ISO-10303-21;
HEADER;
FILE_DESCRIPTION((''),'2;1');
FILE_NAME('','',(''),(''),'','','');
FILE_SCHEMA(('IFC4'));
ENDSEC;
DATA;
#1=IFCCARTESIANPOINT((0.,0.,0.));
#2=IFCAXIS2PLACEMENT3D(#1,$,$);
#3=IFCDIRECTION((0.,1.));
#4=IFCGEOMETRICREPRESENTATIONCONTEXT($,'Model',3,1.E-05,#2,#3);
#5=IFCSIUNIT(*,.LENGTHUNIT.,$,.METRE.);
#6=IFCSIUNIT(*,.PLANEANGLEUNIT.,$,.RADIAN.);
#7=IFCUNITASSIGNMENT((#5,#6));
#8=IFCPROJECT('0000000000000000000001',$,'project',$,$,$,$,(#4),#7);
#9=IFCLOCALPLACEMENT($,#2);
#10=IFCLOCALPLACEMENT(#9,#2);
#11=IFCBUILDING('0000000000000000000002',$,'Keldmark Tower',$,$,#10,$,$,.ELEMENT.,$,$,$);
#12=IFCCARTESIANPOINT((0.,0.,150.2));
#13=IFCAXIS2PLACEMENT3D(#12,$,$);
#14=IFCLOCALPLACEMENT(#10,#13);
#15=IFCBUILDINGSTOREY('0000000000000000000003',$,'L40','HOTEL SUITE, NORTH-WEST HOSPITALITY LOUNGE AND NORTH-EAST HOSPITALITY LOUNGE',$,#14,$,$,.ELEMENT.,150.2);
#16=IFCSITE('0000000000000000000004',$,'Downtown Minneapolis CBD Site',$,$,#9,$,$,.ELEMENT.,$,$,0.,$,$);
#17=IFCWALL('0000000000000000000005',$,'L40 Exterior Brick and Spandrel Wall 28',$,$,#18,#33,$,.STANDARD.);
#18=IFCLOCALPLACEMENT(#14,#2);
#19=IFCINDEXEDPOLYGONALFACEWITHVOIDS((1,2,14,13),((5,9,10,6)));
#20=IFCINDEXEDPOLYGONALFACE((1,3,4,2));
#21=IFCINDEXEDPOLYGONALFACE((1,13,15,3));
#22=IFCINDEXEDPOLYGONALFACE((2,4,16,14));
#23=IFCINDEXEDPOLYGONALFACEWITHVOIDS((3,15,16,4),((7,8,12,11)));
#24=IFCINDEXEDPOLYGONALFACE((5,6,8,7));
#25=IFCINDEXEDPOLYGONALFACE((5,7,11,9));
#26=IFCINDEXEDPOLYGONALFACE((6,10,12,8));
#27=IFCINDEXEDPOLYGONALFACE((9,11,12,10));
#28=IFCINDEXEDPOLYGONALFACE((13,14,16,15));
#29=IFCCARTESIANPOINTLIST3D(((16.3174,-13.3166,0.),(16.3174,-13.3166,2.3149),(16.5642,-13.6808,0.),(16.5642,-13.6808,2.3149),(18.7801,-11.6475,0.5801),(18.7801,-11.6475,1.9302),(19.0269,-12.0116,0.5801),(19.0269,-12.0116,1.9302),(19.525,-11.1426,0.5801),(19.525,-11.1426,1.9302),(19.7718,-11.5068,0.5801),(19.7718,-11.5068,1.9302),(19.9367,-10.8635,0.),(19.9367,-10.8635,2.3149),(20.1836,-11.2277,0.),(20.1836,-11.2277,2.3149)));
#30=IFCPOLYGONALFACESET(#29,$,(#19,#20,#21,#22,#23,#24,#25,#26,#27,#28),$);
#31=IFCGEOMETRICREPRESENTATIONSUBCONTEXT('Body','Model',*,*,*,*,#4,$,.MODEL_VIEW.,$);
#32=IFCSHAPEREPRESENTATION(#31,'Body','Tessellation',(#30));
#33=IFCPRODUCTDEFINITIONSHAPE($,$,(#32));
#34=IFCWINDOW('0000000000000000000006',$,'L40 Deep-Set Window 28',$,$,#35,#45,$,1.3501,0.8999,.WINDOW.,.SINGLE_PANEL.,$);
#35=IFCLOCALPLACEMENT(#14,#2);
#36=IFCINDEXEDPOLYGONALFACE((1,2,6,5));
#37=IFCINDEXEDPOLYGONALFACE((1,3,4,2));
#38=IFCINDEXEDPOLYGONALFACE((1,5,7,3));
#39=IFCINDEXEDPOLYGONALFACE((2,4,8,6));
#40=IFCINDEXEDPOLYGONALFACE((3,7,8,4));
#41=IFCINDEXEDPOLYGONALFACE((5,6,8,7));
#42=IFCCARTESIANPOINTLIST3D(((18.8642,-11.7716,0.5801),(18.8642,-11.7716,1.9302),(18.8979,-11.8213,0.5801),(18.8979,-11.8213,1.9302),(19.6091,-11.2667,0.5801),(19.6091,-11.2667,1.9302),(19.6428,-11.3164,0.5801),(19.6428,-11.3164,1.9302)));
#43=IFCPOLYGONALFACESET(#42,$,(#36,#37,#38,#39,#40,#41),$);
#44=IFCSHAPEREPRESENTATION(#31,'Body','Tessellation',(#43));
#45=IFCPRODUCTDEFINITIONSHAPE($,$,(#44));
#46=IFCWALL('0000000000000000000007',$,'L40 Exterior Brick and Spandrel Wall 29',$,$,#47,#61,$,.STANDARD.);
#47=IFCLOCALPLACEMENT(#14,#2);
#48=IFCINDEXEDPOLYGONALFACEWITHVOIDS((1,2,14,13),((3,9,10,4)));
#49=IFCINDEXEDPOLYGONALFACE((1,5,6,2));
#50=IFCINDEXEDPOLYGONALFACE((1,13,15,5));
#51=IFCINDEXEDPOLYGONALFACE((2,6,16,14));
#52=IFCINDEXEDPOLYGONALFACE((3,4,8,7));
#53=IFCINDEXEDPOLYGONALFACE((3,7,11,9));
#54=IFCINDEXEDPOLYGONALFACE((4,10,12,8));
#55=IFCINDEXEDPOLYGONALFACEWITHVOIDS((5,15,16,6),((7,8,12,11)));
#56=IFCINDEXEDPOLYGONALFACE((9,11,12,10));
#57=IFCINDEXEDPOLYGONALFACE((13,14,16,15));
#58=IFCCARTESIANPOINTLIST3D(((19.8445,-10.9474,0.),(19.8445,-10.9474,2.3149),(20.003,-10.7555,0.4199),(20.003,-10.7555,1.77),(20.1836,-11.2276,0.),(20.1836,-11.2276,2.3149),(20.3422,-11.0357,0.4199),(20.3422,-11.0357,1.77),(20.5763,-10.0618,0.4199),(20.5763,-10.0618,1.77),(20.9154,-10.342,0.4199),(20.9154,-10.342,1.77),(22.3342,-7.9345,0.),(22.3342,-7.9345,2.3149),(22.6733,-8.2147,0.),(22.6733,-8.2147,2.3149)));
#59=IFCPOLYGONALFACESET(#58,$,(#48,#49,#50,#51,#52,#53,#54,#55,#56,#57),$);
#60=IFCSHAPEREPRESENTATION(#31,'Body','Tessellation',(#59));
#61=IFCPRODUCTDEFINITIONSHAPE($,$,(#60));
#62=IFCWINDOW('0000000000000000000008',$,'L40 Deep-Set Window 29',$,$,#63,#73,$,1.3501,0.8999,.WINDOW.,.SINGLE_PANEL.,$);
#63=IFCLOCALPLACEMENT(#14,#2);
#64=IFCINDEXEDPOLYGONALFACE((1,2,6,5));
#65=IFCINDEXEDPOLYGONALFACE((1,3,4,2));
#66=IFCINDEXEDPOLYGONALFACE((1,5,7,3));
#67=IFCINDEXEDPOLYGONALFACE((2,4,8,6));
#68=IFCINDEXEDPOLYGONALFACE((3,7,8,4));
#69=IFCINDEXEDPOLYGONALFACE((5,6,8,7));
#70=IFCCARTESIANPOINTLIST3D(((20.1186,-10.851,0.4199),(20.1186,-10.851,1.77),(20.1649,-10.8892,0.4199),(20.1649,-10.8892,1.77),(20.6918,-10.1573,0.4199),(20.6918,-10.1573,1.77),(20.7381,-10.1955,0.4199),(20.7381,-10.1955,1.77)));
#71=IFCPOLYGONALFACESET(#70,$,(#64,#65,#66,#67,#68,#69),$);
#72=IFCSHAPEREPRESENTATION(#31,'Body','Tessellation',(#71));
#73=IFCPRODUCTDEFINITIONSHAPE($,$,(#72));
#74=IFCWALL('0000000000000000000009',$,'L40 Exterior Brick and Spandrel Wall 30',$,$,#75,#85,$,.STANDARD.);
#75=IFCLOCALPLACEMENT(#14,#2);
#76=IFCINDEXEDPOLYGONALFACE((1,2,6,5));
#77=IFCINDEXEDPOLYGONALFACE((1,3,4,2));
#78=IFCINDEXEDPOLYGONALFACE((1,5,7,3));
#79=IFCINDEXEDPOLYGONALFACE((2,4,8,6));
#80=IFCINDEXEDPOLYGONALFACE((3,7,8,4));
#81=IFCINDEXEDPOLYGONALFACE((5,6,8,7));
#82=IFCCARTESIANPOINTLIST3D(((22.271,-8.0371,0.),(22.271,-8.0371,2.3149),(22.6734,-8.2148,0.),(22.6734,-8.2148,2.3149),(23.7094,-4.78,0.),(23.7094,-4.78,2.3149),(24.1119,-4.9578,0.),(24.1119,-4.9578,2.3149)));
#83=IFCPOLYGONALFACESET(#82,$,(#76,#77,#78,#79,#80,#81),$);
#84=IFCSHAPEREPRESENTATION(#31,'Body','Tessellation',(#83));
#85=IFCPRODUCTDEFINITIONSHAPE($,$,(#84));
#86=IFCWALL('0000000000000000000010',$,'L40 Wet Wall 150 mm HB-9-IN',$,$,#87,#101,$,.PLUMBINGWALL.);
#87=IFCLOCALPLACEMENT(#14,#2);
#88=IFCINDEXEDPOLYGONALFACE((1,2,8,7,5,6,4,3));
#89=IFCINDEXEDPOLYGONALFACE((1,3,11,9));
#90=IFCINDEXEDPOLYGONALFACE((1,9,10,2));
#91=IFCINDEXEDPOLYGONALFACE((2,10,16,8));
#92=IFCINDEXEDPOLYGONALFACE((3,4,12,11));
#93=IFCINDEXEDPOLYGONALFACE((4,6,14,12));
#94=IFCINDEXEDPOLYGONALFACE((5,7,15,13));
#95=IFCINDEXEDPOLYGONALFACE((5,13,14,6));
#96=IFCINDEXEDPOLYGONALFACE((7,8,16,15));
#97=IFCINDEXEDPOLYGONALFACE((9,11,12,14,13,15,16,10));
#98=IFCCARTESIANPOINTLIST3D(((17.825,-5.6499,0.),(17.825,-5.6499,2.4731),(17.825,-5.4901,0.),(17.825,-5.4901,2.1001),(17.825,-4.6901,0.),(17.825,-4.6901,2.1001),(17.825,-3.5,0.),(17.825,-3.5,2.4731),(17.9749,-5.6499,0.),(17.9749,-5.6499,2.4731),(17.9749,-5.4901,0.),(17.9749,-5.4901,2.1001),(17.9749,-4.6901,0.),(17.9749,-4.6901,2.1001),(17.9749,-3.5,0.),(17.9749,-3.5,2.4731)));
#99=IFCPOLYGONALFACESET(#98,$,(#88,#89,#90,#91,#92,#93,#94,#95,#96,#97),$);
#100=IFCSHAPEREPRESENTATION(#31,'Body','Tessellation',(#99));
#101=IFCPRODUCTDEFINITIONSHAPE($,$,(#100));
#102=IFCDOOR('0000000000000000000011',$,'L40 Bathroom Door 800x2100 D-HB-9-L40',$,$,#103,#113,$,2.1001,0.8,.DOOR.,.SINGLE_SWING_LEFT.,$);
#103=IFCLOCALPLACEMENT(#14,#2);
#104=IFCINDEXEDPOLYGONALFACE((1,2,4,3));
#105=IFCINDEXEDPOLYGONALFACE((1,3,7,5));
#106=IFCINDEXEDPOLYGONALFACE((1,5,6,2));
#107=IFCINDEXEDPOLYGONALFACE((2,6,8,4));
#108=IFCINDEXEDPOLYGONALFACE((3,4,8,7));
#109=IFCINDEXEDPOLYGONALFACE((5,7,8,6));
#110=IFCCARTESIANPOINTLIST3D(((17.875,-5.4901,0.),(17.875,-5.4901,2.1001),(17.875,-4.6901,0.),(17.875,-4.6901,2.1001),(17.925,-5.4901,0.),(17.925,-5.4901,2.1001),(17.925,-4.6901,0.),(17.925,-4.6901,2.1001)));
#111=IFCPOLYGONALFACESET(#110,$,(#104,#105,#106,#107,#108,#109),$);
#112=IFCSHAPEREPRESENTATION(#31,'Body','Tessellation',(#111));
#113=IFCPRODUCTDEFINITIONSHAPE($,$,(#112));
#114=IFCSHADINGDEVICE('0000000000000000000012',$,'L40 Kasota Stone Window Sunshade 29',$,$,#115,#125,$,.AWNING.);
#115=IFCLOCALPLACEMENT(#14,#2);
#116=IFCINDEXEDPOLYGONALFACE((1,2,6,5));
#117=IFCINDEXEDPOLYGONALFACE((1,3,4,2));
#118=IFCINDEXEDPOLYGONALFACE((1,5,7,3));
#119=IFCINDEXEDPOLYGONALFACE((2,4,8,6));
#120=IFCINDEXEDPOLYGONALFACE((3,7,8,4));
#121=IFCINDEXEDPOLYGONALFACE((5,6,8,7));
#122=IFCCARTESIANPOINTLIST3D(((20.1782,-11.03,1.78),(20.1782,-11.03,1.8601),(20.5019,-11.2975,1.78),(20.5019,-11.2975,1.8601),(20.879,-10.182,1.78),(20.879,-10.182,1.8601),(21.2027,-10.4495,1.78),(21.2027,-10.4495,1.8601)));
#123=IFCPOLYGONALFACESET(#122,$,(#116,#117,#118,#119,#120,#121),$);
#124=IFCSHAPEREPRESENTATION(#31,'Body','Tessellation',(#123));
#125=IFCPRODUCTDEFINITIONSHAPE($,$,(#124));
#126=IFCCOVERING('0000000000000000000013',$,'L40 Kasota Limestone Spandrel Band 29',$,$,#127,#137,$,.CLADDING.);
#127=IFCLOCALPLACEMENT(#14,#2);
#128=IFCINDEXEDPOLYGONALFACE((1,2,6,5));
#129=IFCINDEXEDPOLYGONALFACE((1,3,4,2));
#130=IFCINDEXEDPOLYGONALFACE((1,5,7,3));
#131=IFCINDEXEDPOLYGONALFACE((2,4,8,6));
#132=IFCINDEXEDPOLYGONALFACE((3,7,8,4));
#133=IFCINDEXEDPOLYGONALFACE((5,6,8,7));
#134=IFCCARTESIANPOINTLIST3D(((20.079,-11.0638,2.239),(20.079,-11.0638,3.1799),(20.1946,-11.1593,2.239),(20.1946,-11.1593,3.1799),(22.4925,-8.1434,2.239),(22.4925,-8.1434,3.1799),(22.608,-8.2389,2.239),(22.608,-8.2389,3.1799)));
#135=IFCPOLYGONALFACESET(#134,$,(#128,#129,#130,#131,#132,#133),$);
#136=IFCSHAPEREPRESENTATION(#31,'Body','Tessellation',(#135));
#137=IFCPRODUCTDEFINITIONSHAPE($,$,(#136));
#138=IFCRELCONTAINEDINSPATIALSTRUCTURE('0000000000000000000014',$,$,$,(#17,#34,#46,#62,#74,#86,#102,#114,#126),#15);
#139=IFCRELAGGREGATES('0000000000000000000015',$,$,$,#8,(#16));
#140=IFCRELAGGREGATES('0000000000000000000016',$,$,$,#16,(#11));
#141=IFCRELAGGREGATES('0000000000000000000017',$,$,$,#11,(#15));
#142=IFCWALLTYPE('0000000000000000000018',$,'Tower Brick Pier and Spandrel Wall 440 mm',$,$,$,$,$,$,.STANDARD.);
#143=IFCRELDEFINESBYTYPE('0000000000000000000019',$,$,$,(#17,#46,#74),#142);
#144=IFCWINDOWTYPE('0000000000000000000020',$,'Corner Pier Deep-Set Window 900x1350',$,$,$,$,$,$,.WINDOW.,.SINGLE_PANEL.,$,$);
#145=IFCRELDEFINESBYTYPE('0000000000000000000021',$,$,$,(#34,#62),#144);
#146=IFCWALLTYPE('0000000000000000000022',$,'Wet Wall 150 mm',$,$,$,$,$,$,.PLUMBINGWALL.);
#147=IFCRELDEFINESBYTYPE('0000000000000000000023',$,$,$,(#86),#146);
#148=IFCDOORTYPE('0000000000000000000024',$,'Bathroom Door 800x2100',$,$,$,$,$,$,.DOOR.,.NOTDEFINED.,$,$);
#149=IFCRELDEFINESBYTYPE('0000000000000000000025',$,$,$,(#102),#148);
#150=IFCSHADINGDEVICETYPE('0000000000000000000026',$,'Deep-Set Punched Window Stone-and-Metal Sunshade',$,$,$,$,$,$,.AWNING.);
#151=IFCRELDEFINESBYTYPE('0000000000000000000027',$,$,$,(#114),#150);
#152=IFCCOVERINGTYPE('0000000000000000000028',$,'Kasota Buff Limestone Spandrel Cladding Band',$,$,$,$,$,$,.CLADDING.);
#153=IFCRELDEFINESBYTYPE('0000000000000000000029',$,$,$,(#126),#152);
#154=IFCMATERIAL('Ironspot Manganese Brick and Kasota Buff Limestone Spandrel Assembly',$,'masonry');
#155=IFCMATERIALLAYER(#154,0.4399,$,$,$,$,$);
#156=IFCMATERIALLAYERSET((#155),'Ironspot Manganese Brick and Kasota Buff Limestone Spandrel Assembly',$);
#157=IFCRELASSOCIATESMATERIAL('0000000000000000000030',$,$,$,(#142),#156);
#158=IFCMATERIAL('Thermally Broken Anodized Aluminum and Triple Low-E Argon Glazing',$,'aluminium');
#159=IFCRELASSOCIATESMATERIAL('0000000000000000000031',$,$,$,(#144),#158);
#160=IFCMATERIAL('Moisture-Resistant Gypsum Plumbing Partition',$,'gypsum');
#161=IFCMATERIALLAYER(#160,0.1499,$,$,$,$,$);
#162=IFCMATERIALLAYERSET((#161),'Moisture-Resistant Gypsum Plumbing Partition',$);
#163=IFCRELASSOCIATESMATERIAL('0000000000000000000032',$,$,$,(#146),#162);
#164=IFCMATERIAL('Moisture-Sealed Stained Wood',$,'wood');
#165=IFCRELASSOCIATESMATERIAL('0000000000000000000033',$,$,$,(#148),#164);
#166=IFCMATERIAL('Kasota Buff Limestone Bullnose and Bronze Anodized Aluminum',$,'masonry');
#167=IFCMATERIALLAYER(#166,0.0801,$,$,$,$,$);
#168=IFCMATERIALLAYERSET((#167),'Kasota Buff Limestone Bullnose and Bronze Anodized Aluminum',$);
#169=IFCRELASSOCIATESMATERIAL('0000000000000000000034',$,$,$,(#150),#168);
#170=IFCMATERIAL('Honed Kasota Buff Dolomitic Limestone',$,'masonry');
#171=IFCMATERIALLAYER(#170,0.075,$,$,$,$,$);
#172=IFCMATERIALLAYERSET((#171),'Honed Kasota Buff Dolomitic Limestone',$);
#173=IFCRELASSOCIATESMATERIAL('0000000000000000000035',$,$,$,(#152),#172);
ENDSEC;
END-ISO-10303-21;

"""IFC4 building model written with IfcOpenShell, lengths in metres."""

from ifc_helpers import new_model, si_unit, direction, frame, frame_2d, origin, origin_2d, place, context, subcontext, project, spatial, rectangle, extrude, material, layer, layer_set, type_object, element, fill, save


model = new_model("IFC4")

# Units and contexts
model_context = context("Model", 3, precision=1e-05, world=origin(), true_north=direction((0.0, 1.0)))
body_context = subcontext(model_context, "Body", "Model", "MODEL_VIEW")
ifc_project = project(units=[si_unit("LENGTHUNIT", "METRE"), si_unit("PLANEANGLEUNIT", "RADIAN")], contexts=[model_context])

# Site, building, storey
site_placement = place(None, origin())
site = spatial("IfcSite", under=ifc_project, at=site_placement, Name="Downtown Minneapolis CBD Site", CompositionType="ELEMENT", RefElevation=0.0)
building_placement = place(site_placement, origin())
building = spatial("IfcBuilding", under=site, at=building_placement, Name="Keldmark Tower", CompositionType="ELEMENT")
storey_placement = place(building_placement, frame((0.0, 0.0, 150.2)))
storey = spatial("IfcBuildingStorey", under=building, at=storey_placement, Name="L40", Description="HOTEL SUITE, NORTH-WEST HOSPITALITY LOUNGE AND NORTH-EAST HOSPITALITY LOUNGE", CompositionType="ELEMENT", Elevation=150.2)

# Walls, openings, windows
ifc_material_1 = material(Name="Ironspot Manganese Brick and Kasota Buff Limestone Spandrel Assembly", Category="masonry")
ifc_layer_1 = layer(ifc_material_1, 0.4399)
ifc_layer_set_1 = layer_set([ifc_layer_1], Name="Ironspot Manganese Brick and Kasota Buff Limestone Spandrel Assembly")
wall_type_1 = type_object("IfcWallType", Name="Tower Brick Pier and Spandrel Wall 440 mm", PredefinedType="STANDARD", material=ifc_layer_set_1)
wall_1_placement = place(storey_placement, frame((20.0601, -11.0457, 0.0), z_axis=(0.0, 0.0, 1.0), x_axis=(-0.827782, -0.561049, 0.0)))
wall_1 = element("IfcWall", 1, at=wall_1_placement, inside=storey, type_object=wall_type_1, Name="L40 Exterior Brick and Spandrel Wall 28", PredefinedType="STANDARD", context=body_context, shape_type="SweptSolid", body=[
    extrude(rectangle(XDim=4.3723, YDim=0.4399, at=frame_2d((2.186, 0.0))), origin(), (0.0, 0.0, 1.0), 2.3149),
])
opening_1_placement = place(wall_1_placement, frame((0.4973, 0.0, 0.5801)))
opening_1 = element("IfcOpeningElement", 2, at=opening_1_placement, cuts=wall_1, PredefinedType="OPENING", context=body_context, shape_type="SweptSolid", body=[
    extrude(rectangle(XDim=0.8999, YDim=1.3501, at=frame_2d((0.45, 0.675))), frame((0.0, 0.23, 0.0), z_axis=(0.0, -1.0, 0.0), x_axis=(1.0, 0.0, 0.0)), (0.0, 0.0, 1.0), 0.46),
])
ifc_material_2 = material(Name="Thermally Broken Anodized Aluminum and Triple Low-E Argon Glazing", Category="aluminium")
window_type = type_object("IfcWindowType", Name="Corner Pier Deep-Set Window 900x1350", PartitioningType="SINGLE_PANEL", PredefinedType="WINDOW", material=ifc_material_2)
window_1_placement = place(opening_1_placement, origin())
window_1 = element("IfcWindow", 3, at=window_1_placement, inside=storey, type_object=window_type, Name="L40 Deep-Set Window 28", OverallHeight=1.3501, OverallWidth=0.8999, PartitioningType="SINGLE_PANEL", PredefinedType="WINDOW", context=body_context, shape_type="SweptSolid", body=[
    extrude(rectangle(XDim=0.8999, YDim=1.3501, at=frame_2d((0.45, 0.675))), frame((0.0, -0.01, 0.0), z_axis=(0.0, -1.0, 0.0), x_axis=(1.0, 0.0, 0.0)), (0.0, 0.0, 1.0), 0.0601),
])
fill(opening_1, window_1)
wall_2_placement = place(storey_placement, frame((22.5037, -8.0747, 0.0), z_axis=(0.0, 0.0, 1.0), x_axis=(-0.637003, -0.770862, 0.0)))
wall_2 = element("IfcWall", 4, at=wall_2_placement, inside=storey, type_object=wall_type_1, Name="L40 Exterior Brick and Spandrel Wall 29", PredefinedType="STANDARD", context=body_context, shape_type="SweptSolid", body=[
    extrude(rectangle(XDim=3.9084, YDim=0.4399, at=frame_2d((1.9541, 0.0))), origin(), (0.0, 0.0, 1.0), 2.3149),
])
opening_2_placement = place(wall_2_placement, frame((2.7595, 0.0, 0.4199)))
opening_2 = element("IfcOpeningElement", 5, at=opening_2_placement, cuts=wall_2, PredefinedType="OPENING", context=body_context, shape_type="SweptSolid", body=[
    extrude(rectangle(XDim=0.8999, YDim=1.3501, at=frame_2d((0.45, 0.675))), frame((0.0, 0.23, 0.0), z_axis=(0.0, -1.0, 0.0), x_axis=(1.0, 0.0, 0.0)), (0.0, 0.0, 1.0), 0.46),
])
window_2_placement = place(opening_2_placement, origin())
window_2 = element("IfcWindow", 6, at=window_2_placement, inside=storey, type_object=window_type, Name="L40 Deep-Set Window 29", OverallHeight=1.3501, OverallWidth=0.8999, PartitioningType="SINGLE_PANEL", PredefinedType="WINDOW", context=body_context, shape_type="SweptSolid", body=[
    extrude(rectangle(XDim=0.8999, YDim=1.3501, at=frame_2d((0.45, 0.675))), frame((0.0, -0.01, 0.0), z_axis=(0.0, -1.0, 0.0), x_axis=(1.0, 0.0, 0.0)), (0.0, 0.0, 1.0), 0.0601),
])
fill(opening_2, window_2)

# Wall
wall_3_placement = place(storey_placement, frame((23.9106, -4.8689, 0.0), z_axis=(0.0, 0.0, 1.0), x_axis=(-0.404, -0.914759, 0.0)))
element("IfcWall", 7, at=wall_3_placement, inside=storey, type_object=wall_type_1, Name="L40 Exterior Brick and Spandrel Wall 30", PredefinedType="STANDARD", context=body_context, shape_type="SweptSolid", body=[
    extrude(rectangle(XDim=3.5605, YDim=0.4399, at=frame_2d((1.7803, 0.0))), origin(), (0.0, 0.0, 1.0), 2.3149),
])

# Wall, opening, door
ifc_material_3 = material(Name="Moisture-Resistant Gypsum Plumbing Partition", Category="gypsum")
ifc_layer_2 = layer(ifc_material_3, 0.1499)
ifc_layer_set_2 = layer_set([ifc_layer_2], Name="Moisture-Resistant Gypsum Plumbing Partition")
wall_type_2 = type_object("IfcWallType", Name="Wet Wall 150 mm", PredefinedType="PLUMBINGWALL", material=ifc_layer_set_2)
wall_4_placement = place(storey_placement, frame((17.8999, -5.6499, 0.0), z_axis=(0.0, 0.0, 1.0), x_axis=(0.0, 1.0, 0.0)))
wall_4 = element("IfcWall", 8, at=wall_4_placement, inside=storey, type_object=wall_type_2, Name="L40 Wet Wall 150 mm HB-9-IN", PredefinedType="PLUMBINGWALL", context=body_context, shape_type="SweptSolid", body=[
    extrude(rectangle(XDim=2.1499, YDim=0.1499, at=frame_2d((1.075, 0.0))), origin(), (0.0, 0.0, 1.0), 2.4731),
])
opening_3_placement = place(wall_4_placement, frame((0.1599, 0.0, 0.0)))
opening_3 = element("IfcOpeningElement", 9, at=opening_3_placement, cuts=wall_4, PredefinedType="OPENING", context=body_context, shape_type="SweptSolid", body=[
    extrude(rectangle(XDim=0.8, YDim=2.1001, at=frame_2d((0.3999, 1.05))), frame((0.0, 0.085, 0.0), z_axis=(0.0, -1.0, 0.0), x_axis=(1.0, 0.0, 0.0)), (0.0, 0.0, 1.0), 0.1699),
])
ifc_material_4 = material(Name="Moisture-Sealed Stained Wood", Category="wood")
door_type = type_object("IfcDoorType", Name="Bathroom Door 800x2100", OperationType="NOTDEFINED", PredefinedType="DOOR", material=ifc_material_4)
door_placement = place(opening_3_placement, origin())
door = element("IfcDoor", 10, at=door_placement, inside=storey, type_object=door_type, Name="L40 Bathroom Door 800x2100 D-HB-9-L40", OperationType="SINGLE_SWING_LEFT", OverallHeight=2.1001, OverallWidth=0.8, PredefinedType="DOOR", context=body_context, shape_type="SweptSolid", body=[
    extrude(rectangle(XDim=0.8, YDim=2.1001, at=frame_2d((0.3999, 1.05))), frame((0.0, 0.0249, 0.0), z_axis=(0.0, -1.0, 0.0), x_axis=(1.0, 0.0, 0.0)), (0.0, 0.0, 1.0), 0.05),
])
fill(opening_3, door)

# Shading device
ifc_material_5 = material(Name="Kasota Buff Limestone Bullnose and Bronze Anodized Aluminum", Category="masonry")
ifc_layer_3 = layer(ifc_material_5, 0.0801)
ifc_layer_set_3 = layer_set([ifc_layer_3], Name="Kasota Buff Limestone Bullnose and Bronze Anodized Aluminum")
shading_device_type = type_object("IfcShadingDeviceType", Name="Deep-Set Punched Window Stone-and-Metal Sunshade", PredefinedType="AWNING", material=ifc_layer_set_3)
shading_device_placement = place(storey_placement, frame((20.6904, -10.7397, 1.78), z_axis=(0.0, 0.0, 1.0), x_axis=(-0.637034, -0.770836, 0.0)))
element("IfcShadingDevice", 11, at=shading_device_placement, inside=storey, type_object=shading_device_type, Name="L40 Kasota Stone Window Sunshade 29", PredefinedType="AWNING", context=body_context, shape_type="SweptSolid", body=[
    extrude(rectangle(XDim=1.1001, YDim=0.4199, at=origin_2d()), origin(), (0.0, 0.0, 1.0), 0.0801),
])

# Covering
ifc_material_6 = material(Name="Honed Kasota Buff Dolomitic Limestone", Category="masonry")
ifc_layer_4 = layer(ifc_material_6, 0.075)
ifc_layer_set_4 = layer_set([ifc_layer_4], Name="Honed Kasota Buff Dolomitic Limestone")
covering_type = type_object("IfcCoveringType", Name="Kasota Buff Limestone Spandrel Cladding Band", PredefinedType="CLADDING", material=ifc_layer_set_4)
covering_placement = place(storey_placement, frame((21.3435, -9.6514, 2.239), z_axis=(0.0, 0.0, 1.0), x_axis=(0.637034, 0.770836, 0.0)))
element("IfcCovering", 12, at=covering_placement, inside=storey, type_object=covering_type, Name="L40 Kasota Limestone Spandrel Band 29", PredefinedType="CLADDING", context=body_context, shape_type="SweptSolid", body=[
    extrude(rectangle(XDim=3.7886, YDim=0.1499, at=origin_2d()), origin(), (0.0, 0.0, 1.0), 0.9409),
])

save(model, "model.ifc")
